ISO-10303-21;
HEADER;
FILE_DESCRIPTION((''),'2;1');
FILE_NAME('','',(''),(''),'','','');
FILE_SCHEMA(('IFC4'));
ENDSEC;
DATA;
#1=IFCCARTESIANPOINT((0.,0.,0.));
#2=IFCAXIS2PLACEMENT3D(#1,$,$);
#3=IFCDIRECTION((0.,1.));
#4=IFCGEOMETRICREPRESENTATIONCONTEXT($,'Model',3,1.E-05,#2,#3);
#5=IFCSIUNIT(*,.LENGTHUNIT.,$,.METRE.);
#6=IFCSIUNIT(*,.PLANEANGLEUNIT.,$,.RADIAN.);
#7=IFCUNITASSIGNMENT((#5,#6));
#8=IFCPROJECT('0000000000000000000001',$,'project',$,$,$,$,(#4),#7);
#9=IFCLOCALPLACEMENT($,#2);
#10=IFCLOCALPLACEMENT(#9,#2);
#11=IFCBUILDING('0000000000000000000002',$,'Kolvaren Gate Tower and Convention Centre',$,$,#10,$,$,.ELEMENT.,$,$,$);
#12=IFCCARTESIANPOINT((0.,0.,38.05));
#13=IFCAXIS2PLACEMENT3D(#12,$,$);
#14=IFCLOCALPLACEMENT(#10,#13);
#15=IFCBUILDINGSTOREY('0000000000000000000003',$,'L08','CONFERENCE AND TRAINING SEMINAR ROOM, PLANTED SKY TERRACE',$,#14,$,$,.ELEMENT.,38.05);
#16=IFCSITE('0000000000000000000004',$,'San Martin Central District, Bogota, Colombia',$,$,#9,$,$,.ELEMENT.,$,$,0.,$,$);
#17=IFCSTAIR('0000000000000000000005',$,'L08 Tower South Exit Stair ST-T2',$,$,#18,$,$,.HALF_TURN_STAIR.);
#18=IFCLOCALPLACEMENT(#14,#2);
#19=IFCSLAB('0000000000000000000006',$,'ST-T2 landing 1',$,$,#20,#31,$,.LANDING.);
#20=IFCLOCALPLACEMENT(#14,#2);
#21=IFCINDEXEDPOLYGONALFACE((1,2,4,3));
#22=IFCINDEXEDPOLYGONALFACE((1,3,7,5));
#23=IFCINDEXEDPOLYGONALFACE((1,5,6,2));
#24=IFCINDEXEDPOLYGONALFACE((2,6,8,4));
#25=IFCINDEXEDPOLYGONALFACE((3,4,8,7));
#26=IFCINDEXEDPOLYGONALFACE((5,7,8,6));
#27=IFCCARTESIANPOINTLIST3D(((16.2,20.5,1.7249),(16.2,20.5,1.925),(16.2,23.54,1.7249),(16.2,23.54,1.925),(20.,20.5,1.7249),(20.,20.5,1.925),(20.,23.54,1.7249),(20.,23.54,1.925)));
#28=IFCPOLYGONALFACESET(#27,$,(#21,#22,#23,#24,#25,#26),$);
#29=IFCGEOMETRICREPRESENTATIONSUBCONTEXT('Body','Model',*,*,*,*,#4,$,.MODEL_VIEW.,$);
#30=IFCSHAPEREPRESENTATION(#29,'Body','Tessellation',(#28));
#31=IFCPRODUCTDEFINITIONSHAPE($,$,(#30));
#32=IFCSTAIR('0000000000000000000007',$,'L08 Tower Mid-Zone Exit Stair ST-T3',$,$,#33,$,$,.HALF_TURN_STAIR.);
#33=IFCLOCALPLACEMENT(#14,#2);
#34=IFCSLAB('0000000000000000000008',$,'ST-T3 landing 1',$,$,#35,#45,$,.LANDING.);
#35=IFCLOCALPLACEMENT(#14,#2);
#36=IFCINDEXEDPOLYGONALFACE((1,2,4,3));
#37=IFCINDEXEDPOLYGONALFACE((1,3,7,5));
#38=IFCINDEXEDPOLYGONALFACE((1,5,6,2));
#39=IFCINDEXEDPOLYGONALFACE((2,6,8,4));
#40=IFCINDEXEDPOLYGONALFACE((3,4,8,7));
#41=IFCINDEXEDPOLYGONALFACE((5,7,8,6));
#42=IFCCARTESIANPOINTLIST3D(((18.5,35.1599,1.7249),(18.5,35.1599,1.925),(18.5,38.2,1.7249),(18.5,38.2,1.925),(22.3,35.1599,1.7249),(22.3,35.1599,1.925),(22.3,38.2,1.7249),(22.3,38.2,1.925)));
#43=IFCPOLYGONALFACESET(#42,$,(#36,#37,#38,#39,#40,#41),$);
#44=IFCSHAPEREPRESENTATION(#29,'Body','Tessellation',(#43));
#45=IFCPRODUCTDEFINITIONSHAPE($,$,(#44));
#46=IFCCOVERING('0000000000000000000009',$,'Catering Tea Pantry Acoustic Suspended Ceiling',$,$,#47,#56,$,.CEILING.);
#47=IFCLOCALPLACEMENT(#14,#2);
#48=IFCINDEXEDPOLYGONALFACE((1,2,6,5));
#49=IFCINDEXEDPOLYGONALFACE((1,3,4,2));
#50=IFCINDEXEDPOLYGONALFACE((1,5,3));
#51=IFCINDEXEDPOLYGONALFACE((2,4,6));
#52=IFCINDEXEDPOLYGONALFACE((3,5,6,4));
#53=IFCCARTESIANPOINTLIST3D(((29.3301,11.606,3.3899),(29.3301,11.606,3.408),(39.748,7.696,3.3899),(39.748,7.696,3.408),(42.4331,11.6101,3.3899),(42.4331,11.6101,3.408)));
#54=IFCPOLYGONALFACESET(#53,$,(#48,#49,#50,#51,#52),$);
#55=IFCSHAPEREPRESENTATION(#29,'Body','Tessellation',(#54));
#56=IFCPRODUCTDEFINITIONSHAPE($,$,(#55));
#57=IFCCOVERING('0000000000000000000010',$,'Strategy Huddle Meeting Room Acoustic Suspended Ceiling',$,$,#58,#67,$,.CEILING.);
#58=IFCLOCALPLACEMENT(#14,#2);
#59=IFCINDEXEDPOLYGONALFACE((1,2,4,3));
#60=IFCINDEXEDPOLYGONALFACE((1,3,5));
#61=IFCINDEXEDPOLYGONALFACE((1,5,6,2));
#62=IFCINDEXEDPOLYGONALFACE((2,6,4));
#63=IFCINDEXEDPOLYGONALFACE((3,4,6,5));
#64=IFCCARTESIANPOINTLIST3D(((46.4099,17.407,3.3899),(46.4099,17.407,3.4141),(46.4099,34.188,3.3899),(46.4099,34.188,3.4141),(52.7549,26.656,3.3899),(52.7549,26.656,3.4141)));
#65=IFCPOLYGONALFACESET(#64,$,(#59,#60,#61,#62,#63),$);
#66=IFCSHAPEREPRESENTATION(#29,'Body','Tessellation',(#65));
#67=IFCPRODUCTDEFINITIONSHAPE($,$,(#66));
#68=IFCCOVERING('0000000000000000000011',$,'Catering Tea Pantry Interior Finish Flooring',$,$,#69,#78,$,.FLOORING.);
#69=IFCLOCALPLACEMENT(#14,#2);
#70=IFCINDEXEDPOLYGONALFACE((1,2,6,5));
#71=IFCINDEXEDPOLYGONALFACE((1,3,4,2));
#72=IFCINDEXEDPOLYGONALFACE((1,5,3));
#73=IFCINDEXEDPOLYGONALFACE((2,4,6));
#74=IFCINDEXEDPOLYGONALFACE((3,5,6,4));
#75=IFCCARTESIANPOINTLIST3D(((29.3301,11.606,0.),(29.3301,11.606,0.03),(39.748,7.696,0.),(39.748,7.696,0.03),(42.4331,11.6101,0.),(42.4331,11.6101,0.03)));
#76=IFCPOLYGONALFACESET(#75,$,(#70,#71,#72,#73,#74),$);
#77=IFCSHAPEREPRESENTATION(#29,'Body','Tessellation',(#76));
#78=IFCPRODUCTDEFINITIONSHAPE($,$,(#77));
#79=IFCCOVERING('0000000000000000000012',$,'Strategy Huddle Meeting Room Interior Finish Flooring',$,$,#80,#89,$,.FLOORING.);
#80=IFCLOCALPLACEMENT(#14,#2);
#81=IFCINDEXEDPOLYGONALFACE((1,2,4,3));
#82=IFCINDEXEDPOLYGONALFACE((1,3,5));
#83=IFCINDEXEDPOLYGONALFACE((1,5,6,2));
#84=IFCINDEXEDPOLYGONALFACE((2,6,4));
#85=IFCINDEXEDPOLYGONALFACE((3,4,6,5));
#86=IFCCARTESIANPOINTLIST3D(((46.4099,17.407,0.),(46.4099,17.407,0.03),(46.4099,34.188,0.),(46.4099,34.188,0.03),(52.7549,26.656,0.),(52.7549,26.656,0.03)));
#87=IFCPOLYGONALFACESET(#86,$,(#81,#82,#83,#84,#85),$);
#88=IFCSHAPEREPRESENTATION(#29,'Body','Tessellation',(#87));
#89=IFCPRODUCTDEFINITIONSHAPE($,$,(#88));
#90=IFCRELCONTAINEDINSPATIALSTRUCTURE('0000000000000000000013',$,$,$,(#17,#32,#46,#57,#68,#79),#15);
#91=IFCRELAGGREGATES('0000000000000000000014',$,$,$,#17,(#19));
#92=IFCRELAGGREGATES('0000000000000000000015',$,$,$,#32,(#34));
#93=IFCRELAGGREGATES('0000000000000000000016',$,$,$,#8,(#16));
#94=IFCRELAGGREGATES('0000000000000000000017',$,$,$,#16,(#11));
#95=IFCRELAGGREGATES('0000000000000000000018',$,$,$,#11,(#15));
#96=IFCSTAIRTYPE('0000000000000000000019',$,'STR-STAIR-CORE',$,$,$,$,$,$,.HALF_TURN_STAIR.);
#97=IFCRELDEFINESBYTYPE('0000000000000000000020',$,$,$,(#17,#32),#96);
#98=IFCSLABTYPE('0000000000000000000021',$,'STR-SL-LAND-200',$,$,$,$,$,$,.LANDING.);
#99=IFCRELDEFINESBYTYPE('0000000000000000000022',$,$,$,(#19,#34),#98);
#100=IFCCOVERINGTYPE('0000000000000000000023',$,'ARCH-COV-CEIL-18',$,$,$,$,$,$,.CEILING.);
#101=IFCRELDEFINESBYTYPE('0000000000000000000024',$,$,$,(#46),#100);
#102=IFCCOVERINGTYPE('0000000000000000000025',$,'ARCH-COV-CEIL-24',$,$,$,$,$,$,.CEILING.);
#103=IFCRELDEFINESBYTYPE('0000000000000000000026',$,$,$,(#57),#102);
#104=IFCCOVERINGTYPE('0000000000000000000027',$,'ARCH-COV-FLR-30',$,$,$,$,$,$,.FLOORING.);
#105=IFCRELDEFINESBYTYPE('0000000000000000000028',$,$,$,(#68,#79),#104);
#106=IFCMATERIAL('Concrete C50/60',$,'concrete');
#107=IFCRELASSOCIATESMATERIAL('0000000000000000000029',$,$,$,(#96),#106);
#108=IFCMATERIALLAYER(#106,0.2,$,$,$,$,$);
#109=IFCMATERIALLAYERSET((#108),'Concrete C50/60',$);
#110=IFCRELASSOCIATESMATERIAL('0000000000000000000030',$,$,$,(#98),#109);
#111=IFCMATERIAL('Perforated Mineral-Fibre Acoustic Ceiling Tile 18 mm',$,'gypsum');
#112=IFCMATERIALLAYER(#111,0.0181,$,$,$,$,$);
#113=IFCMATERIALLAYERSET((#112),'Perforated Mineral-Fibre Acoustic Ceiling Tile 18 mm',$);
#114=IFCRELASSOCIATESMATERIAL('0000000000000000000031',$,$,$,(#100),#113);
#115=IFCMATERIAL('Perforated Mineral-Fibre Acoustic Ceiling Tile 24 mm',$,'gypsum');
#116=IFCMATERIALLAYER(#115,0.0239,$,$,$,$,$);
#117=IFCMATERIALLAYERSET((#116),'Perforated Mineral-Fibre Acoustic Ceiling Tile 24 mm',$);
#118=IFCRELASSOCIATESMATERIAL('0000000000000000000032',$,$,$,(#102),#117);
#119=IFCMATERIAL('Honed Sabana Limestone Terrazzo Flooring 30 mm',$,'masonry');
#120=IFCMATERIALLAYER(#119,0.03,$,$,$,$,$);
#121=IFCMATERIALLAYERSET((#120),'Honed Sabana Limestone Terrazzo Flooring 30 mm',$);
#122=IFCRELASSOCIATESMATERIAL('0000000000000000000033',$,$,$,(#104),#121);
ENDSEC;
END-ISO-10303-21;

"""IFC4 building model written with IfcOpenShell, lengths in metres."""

from ifc_helpers import new_model, si_unit, direction, frame, origin, place, context, subcontext, project, spatial, polyline, outline, extrude, material, layer, layer_set, type_object, element, aggregate, save


model = new_model("IFC4")

# Units and contexts
model_context = context("Model", 3, precision=1e-05, world=origin(), true_north=direction((0.0, 1.0)))
body_context = subcontext(model_context, "Body", "Model", "MODEL_VIEW")
ifc_project = project(units=[si_unit("LENGTHUNIT", "METRE"), si_unit("PLANEANGLEUNIT", "RADIAN")], contexts=[model_context])

# Site, building, storey
site_placement = place(None, origin())
site = spatial("IfcSite", under=ifc_project, at=site_placement, Name="San Martin Central District, Bogota, Colombia", CompositionType="ELEMENT", RefElevation=0.0)
building_placement = place(site_placement, origin())
building = spatial("IfcBuilding", under=site, at=building_placement, Name="Kolvaren Gate Tower and Convention Centre", CompositionType="ELEMENT")
storey_placement = place(building_placement, frame((0.0, 0.0, 38.05)))
storey = spatial("IfcBuildingStorey", under=building, at=storey_placement, Name="L08", Description="CONFERENCE AND TRAINING SEMINAR ROOM, PLANTED SKY TERRACE", CompositionType="ELEMENT", Elevation=38.05)

# Shared definitions
ifc_material_1 = material(Name="Concrete C50/60", Category="concrete")

# Stairs, slabs
stair_type = type_object("IfcStairType", Name="STR-STAIR-CORE", PredefinedType="HALF_TURN_STAIR", material=ifc_material_1)
ifc_layer_1 = layer(ifc_material_1, 0.2)
ifc_layer_set_1 = layer_set([ifc_layer_1], Name="Concrete C50/60")
slab_type_1 = type_object("IfcSlabType", Name="STR-SL-LAND-200", PredefinedType="LANDING", material=ifc_layer_set_1)
stair_1_placement = place(storey_placement, origin())
stair_1 = element("IfcStair", 1, at=stair_1_placement, inside=storey, type_object=stair_type, Name="L08 Tower South Exit Stair ST-T2", PredefinedType="HALF_TURN_STAIR")
slab_1_placement = place(storey_placement, frame((0.0, 0.0, 1.7249)))
slab_1 = element("IfcSlab", 2, at=slab_1_placement, type_object=slab_type_1, Name="ST-T2 landing 1", PredefinedType="LANDING", context=body_context, shape_type="SweptSolid", body=[
    extrude(outline(polyline([(20.0, 23.54), (16.2, 23.54), (16.2, 20.5), (20.0, 20.5), (20.0, 23.54)])), origin(), (0.0, 0.0, 1.0), 0.2002),
])
aggregate(stair_1, [slab_1])
stair_2_placement = place(storey_placement, origin())
stair_2 = element("IfcStair", 3, at=stair_2_placement, inside=storey, type_object=stair_type, Name="L08 Tower Mid-Zone Exit Stair ST-T3", PredefinedType="HALF_TURN_STAIR")
slab_2_placement = place(storey_placement, frame((0.0, 0.0, 1.7249)))
slab_2 = element("IfcSlab", 4, at=slab_2_placement, type_object=slab_type_1, Name="ST-T3 landing 1", PredefinedType="LANDING", context=body_context, shape_type="SweptSolid", body=[
    extrude(outline(polyline([(22.3, 38.2), (18.5, 38.2), (18.5, 35.1599), (22.3, 35.1599), (22.3, 38.2)])), origin(), (0.0, 0.0, 1.0), 0.2002),
])
aggregate(stair_2, [slab_2])

# Coverings
ifc_material_2 = material(Name="Perforated Mineral-Fibre Acoustic Ceiling Tile 18 mm", Category="gypsum")
ifc_layer_2 = layer(ifc_material_2, 0.0181)
ifc_layer_set_2 = layer_set([ifc_layer_2], Name="Perforated Mineral-Fibre Acoustic Ceiling Tile 18 mm")
covering_type_1 = type_object("IfcCoveringType", Name="ARCH-COV-CEIL-18", PredefinedType="CEILING", material=ifc_layer_set_2)
covering_1_placement = place(storey_placement, frame((0.0, 0.0, 3.3899)))
element("IfcCovering", 5, at=covering_1_placement, inside=storey, type_object=covering_type_1, Name="Catering Tea Pantry Acoustic Suspended Ceiling", PredefinedType="CEILING", context=body_context, shape_type="SweptSolid", body=[
    extrude(outline(polyline([(39.748, 7.696), (29.3301, 11.606), (42.4331, 11.6101), (39.748, 7.696)])), origin(), (0.0, 0.0, 1.0), 0.0181),
])
ifc_material_3 = material(Name="Perforated Mineral-Fibre Acoustic Ceiling Tile 24 mm", Category="gypsum")
ifc_layer_3 = layer(ifc_material_3, 0.0239)
ifc_layer_set_3 = layer_set([ifc_layer_3], Name="Perforated Mineral-Fibre Acoustic Ceiling Tile 24 mm")
covering_type_2 = type_object("IfcCoveringType", Name="ARCH-COV-CEIL-24", PredefinedType="CEILING", material=ifc_layer_set_3)
covering_2_placement = place(storey_placement, frame((0.0, 0.0, 3.3899)))
element("IfcCovering", 6, at=covering_2_placement, inside=storey, type_object=covering_type_2, Name="Strategy Huddle Meeting Room Acoustic Suspended Ceiling", PredefinedType="CEILING", context=body_context, shape_type="SweptSolid", body=[
    extrude(outline(polyline([(46.4099, 17.407), (46.4099, 34.188), (52.7549, 26.656), (46.4099, 17.407)])), origin(), (0.0, 0.0, 1.0), 0.0242),
])
ifc_material_4 = material(Name="Honed Sabana Limestone Terrazzo Flooring 30 mm", Category="masonry")
ifc_layer_4 = layer(ifc_material_4, 0.03)
ifc_layer_set_4 = layer_set([ifc_layer_4], Name="Honed Sabana Limestone Terrazzo Flooring 30 mm")
covering_type_3 = type_object("IfcCoveringType", Name="ARCH-COV-FLR-30", PredefinedType="FLOORING", material=ifc_layer_set_4)
covering_3_placement = place(storey_placement, origin())
element("IfcCovering", 7, at=covering_3_placement, inside=storey, type_object=covering_type_3, Name="Catering Tea Pantry Interior Finish Flooring", PredefinedType="FLOORING", context=body_context, shape_type="SweptSolid", body=[
    extrude(outline(polyline([(39.748, 7.696), (29.3301, 11.606), (42.4331, 11.6101), (39.748, 7.696)])), origin(), (0.0, 0.0, 1.0), 0.03),
])
covering_4_placement = place(storey_placement, origin())
element("IfcCovering", 8, at=covering_4_placement, inside=storey, type_object=covering_type_3, Name="Strategy Huddle Meeting Room Interior Finish Flooring", PredefinedType="FLOORING", context=body_context, shape_type="SweptSolid", body=[
    extrude(outline(polyline([(46.4099, 17.407), (46.4099, 34.188), (52.7549, 26.656), (46.4099, 17.407)])), origin(), (0.0, 0.0, 1.0), 0.03),
])

save(model, "model.ifc")
